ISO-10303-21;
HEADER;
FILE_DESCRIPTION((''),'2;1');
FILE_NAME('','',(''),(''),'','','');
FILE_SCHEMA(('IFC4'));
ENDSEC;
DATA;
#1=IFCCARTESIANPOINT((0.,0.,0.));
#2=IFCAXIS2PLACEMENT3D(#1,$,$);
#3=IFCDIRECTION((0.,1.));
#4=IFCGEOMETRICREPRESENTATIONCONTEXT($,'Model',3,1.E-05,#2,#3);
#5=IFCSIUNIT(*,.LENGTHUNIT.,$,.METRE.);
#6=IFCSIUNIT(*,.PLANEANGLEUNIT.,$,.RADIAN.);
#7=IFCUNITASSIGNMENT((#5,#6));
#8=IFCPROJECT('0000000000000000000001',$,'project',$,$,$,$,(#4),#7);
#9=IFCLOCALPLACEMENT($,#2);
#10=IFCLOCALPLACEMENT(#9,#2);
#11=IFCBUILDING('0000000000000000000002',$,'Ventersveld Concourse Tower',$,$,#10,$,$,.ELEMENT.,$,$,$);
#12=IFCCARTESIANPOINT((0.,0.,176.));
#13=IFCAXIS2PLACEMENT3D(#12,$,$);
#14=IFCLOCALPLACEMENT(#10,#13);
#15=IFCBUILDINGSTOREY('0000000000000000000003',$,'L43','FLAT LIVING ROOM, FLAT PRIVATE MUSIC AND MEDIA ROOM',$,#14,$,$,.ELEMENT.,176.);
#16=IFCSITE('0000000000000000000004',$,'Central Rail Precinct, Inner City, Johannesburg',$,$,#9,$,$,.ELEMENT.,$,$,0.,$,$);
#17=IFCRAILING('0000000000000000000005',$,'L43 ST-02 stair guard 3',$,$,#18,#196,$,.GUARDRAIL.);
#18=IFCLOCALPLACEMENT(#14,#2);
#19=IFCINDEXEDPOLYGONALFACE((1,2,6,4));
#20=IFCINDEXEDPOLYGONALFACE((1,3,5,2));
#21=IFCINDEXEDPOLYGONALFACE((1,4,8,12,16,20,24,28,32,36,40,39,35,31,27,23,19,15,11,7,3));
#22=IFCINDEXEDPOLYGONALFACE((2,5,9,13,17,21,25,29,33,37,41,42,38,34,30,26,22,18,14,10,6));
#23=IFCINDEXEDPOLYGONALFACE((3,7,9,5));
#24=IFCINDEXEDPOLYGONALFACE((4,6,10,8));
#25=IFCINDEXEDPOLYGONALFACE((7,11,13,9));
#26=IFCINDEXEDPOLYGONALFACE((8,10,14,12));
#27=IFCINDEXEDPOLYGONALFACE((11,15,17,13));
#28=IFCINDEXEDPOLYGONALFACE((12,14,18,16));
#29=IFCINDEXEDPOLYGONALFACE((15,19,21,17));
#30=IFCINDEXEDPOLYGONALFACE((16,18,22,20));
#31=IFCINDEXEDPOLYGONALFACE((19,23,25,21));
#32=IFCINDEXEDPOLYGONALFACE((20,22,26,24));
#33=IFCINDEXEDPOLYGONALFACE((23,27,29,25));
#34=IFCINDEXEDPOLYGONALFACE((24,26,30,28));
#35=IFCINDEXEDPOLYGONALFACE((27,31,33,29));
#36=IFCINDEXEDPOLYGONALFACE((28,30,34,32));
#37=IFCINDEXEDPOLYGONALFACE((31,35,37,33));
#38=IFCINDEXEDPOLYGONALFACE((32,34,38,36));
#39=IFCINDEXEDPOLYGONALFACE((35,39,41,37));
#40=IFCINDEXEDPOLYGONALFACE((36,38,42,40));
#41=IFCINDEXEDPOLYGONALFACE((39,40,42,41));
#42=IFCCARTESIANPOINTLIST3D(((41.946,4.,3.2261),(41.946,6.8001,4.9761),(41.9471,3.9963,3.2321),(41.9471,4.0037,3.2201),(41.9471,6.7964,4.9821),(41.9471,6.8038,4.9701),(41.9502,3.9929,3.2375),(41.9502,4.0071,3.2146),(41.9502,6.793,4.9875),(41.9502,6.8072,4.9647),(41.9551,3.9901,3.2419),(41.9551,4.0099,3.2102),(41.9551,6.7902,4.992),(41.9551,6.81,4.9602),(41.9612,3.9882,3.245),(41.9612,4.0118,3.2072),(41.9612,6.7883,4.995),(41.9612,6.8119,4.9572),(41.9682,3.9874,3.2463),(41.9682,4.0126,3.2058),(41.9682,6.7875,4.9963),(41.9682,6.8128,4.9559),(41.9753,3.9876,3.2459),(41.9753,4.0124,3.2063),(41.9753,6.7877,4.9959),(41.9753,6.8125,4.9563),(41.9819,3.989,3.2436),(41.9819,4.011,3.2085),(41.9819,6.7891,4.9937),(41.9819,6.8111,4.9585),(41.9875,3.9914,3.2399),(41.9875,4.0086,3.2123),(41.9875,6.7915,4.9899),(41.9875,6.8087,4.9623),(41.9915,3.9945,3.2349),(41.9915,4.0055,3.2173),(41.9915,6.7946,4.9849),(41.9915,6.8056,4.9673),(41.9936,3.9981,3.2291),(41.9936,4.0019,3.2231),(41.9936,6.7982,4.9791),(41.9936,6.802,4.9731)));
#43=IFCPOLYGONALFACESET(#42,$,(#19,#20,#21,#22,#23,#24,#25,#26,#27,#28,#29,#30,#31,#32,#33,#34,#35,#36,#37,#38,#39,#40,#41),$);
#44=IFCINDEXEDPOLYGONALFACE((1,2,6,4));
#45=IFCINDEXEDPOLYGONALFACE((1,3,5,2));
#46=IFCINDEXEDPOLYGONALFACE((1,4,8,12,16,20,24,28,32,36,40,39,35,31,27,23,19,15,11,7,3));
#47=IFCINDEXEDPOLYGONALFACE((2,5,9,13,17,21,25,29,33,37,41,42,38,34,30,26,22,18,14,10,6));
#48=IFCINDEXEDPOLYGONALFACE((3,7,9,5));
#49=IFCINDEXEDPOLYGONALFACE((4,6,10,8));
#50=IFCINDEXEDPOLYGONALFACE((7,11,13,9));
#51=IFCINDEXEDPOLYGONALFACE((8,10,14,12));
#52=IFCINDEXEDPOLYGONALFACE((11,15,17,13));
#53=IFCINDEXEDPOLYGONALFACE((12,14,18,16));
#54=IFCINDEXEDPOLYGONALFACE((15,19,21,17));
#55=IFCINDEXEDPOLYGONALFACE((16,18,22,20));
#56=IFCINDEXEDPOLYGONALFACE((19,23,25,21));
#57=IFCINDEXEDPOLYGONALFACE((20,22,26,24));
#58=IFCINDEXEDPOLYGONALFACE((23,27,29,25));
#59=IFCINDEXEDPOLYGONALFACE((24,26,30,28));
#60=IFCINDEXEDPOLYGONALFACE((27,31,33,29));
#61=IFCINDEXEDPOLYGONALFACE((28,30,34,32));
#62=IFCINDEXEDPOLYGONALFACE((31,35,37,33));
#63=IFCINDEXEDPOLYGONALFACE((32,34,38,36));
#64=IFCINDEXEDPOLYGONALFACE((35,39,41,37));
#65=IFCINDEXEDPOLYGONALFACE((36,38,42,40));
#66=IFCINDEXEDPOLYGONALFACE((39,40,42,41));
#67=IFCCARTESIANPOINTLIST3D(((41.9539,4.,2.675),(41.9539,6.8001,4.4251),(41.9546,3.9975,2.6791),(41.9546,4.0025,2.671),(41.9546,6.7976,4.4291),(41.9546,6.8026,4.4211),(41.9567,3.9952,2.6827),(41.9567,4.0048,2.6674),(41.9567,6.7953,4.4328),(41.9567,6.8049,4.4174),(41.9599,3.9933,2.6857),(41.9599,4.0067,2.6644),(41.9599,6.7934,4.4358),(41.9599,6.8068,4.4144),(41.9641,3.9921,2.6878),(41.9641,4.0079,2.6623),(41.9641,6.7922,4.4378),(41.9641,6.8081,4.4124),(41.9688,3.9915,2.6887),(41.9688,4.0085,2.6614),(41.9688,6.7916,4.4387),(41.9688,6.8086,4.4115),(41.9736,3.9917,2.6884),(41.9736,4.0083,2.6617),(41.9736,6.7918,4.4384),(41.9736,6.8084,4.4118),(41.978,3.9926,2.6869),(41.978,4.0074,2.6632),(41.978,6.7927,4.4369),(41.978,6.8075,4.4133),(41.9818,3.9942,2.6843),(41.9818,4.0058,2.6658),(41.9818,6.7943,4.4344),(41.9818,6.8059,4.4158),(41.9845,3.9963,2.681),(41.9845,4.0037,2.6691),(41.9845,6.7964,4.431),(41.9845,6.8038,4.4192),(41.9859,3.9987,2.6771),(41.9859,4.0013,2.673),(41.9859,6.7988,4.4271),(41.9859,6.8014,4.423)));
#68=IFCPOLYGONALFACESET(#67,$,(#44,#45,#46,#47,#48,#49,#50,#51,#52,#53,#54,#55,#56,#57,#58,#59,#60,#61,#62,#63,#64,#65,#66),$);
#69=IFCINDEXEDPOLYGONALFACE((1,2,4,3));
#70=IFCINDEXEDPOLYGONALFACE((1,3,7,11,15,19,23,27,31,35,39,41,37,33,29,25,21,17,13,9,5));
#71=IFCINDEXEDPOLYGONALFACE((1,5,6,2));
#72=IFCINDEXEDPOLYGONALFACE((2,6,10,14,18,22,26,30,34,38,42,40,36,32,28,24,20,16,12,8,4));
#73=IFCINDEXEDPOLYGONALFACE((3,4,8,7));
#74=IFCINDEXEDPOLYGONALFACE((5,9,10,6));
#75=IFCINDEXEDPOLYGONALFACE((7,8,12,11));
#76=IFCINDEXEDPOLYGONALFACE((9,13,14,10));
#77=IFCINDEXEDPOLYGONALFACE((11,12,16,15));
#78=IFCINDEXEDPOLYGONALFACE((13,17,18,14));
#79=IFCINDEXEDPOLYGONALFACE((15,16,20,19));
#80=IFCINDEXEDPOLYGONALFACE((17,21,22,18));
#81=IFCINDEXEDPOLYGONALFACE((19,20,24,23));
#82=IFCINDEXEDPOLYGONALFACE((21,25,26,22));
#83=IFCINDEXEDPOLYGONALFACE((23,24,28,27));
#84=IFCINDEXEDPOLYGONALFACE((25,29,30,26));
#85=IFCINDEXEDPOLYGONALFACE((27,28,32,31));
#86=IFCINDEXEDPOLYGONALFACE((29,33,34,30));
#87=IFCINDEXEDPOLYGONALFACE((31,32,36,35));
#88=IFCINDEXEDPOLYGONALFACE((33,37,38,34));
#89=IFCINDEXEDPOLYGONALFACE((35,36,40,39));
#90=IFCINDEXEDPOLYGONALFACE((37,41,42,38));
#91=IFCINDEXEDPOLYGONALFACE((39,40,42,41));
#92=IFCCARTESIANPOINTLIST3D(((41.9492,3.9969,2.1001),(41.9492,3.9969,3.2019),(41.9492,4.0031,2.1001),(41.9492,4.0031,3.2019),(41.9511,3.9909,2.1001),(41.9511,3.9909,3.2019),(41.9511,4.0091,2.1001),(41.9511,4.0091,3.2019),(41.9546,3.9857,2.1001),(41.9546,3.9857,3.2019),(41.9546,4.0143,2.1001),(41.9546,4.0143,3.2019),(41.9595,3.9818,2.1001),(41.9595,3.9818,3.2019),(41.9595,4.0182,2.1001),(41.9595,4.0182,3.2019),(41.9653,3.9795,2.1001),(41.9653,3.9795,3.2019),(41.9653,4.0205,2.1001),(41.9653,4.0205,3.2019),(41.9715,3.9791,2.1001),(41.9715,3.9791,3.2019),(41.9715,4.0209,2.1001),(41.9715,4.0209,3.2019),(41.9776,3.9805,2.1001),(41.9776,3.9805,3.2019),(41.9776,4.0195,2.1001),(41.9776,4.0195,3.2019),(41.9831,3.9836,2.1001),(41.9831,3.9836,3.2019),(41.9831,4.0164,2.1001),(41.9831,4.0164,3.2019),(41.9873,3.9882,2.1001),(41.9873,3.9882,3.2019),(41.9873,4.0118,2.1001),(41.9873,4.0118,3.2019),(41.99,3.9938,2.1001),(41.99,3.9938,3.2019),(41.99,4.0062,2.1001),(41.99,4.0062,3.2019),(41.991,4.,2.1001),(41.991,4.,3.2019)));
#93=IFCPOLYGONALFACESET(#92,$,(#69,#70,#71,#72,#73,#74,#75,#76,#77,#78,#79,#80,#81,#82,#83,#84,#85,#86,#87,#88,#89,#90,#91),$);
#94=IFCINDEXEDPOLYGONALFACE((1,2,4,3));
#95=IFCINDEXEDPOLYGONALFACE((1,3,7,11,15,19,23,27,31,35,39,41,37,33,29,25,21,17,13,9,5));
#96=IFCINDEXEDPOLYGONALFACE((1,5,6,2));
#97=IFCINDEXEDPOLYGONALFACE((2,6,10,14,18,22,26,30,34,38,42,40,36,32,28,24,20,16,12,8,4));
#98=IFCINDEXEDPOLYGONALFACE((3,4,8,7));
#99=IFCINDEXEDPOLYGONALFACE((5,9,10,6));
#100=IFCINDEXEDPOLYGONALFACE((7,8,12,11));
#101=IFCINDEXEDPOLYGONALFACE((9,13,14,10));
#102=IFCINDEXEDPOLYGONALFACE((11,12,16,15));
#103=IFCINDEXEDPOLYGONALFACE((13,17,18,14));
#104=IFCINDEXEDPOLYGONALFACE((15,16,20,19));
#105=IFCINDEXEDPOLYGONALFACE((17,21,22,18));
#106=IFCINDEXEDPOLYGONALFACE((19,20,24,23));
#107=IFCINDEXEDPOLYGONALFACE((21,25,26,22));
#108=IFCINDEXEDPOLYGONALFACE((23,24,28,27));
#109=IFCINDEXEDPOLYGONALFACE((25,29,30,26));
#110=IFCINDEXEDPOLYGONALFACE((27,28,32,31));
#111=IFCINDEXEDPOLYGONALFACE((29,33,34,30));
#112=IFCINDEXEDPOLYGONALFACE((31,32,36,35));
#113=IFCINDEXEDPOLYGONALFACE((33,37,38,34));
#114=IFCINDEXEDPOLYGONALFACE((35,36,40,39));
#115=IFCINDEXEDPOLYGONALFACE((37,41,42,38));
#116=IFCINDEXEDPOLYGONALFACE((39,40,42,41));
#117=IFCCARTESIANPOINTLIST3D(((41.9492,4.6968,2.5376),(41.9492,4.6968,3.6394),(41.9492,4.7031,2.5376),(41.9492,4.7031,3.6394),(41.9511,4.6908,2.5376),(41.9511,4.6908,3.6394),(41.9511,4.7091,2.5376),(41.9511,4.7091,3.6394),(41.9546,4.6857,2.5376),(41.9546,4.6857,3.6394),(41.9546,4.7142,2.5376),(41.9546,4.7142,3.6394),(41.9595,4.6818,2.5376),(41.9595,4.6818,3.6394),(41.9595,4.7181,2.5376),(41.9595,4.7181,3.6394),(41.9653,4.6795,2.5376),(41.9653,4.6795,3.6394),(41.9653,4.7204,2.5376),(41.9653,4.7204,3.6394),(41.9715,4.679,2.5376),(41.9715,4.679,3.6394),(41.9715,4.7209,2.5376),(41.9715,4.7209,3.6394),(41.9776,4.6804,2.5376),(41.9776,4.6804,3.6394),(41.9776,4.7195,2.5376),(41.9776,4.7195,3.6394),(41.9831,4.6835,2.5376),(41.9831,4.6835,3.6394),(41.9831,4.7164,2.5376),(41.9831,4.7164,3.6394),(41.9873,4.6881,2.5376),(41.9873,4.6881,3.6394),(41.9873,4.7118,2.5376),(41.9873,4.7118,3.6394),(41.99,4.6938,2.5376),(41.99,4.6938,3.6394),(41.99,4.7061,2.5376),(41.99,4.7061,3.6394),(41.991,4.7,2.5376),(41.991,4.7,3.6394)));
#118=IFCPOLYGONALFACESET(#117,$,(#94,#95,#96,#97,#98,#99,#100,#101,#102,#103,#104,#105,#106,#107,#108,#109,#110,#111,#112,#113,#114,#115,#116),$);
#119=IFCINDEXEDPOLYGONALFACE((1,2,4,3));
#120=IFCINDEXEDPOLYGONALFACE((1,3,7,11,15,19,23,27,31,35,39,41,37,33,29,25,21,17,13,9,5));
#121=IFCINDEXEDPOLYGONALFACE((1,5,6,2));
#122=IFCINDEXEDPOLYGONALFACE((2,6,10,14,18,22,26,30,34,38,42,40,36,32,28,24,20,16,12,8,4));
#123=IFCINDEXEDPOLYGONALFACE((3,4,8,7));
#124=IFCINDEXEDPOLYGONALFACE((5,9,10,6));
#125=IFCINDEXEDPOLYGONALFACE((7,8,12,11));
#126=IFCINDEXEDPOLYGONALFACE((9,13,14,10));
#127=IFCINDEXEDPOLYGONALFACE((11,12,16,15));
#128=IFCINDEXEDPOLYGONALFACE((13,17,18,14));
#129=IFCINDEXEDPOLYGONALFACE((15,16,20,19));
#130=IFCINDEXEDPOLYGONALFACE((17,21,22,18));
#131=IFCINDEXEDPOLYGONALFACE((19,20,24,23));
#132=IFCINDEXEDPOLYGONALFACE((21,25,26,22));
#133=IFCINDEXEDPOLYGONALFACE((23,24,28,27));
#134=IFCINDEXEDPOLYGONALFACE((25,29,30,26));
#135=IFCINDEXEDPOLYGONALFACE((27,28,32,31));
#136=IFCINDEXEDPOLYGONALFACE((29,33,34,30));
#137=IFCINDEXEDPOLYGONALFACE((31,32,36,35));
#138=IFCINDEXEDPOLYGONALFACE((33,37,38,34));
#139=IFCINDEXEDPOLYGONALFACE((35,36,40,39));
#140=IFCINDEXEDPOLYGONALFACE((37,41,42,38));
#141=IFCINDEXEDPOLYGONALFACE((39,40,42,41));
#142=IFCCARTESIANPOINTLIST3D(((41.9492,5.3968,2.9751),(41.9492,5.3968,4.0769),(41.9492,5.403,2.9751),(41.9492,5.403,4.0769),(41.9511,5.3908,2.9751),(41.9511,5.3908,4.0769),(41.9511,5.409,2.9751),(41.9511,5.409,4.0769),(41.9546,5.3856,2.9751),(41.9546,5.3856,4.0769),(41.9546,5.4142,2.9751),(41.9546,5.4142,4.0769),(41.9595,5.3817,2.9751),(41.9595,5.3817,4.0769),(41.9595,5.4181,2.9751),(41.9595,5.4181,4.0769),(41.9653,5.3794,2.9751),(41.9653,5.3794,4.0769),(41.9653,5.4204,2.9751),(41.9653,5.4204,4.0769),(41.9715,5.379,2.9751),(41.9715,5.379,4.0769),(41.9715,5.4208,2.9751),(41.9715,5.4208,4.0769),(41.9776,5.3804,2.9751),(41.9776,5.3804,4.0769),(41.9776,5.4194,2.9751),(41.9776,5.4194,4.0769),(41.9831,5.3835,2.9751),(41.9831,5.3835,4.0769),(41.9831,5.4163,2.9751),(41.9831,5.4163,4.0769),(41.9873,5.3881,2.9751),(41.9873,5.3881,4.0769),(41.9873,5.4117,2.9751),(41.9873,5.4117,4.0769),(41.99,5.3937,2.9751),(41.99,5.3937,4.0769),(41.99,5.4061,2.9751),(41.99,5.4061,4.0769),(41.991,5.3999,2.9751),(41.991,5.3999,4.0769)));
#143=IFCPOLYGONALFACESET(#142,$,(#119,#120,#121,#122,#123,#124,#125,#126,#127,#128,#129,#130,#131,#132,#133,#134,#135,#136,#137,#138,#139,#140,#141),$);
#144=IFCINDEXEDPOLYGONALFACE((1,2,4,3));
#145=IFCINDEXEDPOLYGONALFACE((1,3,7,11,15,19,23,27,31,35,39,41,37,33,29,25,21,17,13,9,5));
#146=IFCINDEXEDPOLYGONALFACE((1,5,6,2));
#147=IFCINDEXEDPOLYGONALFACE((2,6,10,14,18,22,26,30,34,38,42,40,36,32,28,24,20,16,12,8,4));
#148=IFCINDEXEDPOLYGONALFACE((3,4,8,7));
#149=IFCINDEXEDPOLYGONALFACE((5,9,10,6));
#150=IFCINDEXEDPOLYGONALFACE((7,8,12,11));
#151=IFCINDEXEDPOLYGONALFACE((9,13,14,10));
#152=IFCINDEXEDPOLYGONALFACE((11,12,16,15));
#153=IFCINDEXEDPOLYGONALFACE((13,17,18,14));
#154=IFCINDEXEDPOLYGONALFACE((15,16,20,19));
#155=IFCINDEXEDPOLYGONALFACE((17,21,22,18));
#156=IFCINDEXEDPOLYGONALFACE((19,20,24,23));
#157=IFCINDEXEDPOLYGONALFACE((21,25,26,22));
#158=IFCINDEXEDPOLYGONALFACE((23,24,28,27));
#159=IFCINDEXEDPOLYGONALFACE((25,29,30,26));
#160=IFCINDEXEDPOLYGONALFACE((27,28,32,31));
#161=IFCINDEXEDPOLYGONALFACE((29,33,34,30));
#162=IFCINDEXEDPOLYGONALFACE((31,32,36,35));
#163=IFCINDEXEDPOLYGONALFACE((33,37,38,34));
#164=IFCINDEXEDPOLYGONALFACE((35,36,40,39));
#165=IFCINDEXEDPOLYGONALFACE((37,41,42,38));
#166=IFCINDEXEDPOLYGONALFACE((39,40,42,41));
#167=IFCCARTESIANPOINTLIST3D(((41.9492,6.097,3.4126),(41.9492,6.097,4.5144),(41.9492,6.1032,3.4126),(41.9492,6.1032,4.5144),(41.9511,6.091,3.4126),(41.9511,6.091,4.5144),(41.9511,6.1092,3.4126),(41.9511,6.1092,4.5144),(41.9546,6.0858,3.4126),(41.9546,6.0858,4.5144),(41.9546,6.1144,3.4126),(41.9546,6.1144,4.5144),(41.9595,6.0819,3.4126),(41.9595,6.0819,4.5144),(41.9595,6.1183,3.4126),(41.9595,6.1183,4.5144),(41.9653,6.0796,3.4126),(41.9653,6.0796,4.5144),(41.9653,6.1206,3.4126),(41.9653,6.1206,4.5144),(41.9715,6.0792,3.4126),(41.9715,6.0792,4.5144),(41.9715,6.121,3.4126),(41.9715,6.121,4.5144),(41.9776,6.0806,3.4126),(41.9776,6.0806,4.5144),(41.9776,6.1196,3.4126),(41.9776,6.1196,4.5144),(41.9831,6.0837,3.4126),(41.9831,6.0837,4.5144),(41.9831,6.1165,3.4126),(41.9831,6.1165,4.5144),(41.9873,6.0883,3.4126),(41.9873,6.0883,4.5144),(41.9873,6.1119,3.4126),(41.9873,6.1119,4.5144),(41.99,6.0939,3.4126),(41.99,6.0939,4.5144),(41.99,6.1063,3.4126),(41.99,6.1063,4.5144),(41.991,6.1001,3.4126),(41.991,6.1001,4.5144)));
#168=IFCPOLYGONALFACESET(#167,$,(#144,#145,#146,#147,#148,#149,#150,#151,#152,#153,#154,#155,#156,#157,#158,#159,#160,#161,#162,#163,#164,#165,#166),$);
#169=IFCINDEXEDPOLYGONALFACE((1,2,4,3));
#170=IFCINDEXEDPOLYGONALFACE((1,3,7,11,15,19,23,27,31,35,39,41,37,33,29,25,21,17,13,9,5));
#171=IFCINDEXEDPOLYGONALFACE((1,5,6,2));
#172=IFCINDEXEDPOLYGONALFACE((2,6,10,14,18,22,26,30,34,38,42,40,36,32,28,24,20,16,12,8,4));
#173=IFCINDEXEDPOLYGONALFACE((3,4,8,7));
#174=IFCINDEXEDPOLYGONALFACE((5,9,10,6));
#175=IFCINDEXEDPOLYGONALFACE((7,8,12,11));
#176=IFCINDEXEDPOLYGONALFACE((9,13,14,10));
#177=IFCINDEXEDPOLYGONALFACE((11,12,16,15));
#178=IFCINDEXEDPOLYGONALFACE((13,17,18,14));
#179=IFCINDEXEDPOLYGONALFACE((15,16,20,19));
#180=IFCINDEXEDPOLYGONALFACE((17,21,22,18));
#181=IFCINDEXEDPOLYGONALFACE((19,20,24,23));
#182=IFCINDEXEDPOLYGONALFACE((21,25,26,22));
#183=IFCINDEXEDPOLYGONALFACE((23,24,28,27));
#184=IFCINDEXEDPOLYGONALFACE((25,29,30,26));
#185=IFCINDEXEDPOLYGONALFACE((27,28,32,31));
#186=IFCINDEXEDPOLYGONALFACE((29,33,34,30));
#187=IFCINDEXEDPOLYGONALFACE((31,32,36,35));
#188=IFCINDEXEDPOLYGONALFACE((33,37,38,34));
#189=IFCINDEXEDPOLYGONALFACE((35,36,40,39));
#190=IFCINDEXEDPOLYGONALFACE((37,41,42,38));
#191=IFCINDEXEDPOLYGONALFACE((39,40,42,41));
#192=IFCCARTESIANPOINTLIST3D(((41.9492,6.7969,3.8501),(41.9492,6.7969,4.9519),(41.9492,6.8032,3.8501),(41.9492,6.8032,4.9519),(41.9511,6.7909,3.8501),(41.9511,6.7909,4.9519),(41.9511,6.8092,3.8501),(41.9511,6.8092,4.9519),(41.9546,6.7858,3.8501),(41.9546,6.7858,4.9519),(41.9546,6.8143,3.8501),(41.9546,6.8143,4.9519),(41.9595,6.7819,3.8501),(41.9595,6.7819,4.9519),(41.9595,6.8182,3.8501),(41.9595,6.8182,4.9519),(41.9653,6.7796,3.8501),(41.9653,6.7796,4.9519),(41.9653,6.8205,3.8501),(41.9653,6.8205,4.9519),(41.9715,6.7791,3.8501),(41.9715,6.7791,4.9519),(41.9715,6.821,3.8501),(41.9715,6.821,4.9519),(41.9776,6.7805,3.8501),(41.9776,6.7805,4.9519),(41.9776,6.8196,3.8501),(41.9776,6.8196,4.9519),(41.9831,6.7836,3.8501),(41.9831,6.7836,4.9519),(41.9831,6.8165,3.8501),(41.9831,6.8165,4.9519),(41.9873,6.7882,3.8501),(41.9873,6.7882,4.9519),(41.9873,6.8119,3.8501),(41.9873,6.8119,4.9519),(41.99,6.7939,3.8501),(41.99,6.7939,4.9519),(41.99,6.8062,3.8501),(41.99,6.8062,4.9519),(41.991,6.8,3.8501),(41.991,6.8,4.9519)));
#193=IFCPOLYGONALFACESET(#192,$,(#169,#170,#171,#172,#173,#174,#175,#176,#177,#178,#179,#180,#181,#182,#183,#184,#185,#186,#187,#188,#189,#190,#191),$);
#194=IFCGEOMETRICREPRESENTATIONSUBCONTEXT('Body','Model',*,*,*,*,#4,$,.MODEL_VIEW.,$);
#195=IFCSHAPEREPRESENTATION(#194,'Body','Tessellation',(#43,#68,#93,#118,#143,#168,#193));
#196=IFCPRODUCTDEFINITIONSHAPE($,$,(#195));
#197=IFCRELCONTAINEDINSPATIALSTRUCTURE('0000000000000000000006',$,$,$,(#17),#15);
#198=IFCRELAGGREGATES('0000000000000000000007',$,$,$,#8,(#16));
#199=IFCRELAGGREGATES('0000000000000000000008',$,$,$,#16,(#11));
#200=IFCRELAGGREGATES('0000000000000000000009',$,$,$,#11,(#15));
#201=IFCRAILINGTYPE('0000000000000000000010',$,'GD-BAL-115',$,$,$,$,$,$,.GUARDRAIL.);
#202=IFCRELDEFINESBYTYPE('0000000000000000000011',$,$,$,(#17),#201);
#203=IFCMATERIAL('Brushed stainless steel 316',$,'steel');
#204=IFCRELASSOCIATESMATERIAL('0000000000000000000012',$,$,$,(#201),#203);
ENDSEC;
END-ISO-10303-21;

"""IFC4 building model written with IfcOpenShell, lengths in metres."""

from ifc_helpers import new_model, si_unit, direction, frame, origin, origin_2d, place, context, subcontext, project, spatial, circle, extrude, material, type_object, element, save


model = new_model("IFC4")

# Units and contexts
model_context = context("Model", 3, precision=1e-05, world=origin(), true_north=direction((0.0, 1.0)))
body_context = subcontext(model_context, "Body", "Model", "MODEL_VIEW")
ifc_project = project(units=[si_unit("LENGTHUNIT", "METRE"), si_unit("PLANEANGLEUNIT", "RADIAN")], contexts=[model_context])

# Site, building, storey
site_placement = place(None, origin())
site = spatial("IfcSite", under=ifc_project, at=site_placement, Name="Central Rail Precinct, Inner City, Johannesburg", CompositionType="ELEMENT", RefElevation=0.0)
building_placement = place(site_placement, origin())
building = spatial("IfcBuilding", under=site, at=building_placement, Name="Ventersveld Concourse Tower", CompositionType="ELEMENT")
storey_placement = place(building_placement, frame((0.0, 0.0, 176.0)))
storey = spatial("IfcBuildingStorey", under=building, at=storey_placement, Name="L43", Description="FLAT LIVING ROOM, FLAT PRIVATE MUSIC AND MEDIA ROOM", CompositionType="ELEMENT", Elevation=176.0)

# Shared definitions
ifc_material_1 = material(Name="Brushed stainless steel 316", Category="steel")

# Railing
railing_type_1 = type_object("IfcRailingType", Name="GD-BAL-115", PredefinedType="GUARDRAIL", material=ifc_material_1)
railing_1_placement = place(storey_placement, frame((41.97, 4.0, 2.1001)))
element("IfcRailing", 1, at=railing_1_placement, inside=storey, type_object=railing_type_1, Name="L43 ST-02 stair guard 3", PredefinedType="GUARDRAIL", context=body_context, shape_type="SweptSolid", body=[
    extrude(circle(Radius=0.0239, at=origin_2d()), frame((0.0, 0.0, 1.126), z_axis=(0.0, 0.848002, 0.529992), x_axis=(-1.0, 0.0, 0.0)), (0.0, 0.0, 1.0), 3.302),
    extrude(circle(Radius=0.0161, at=origin_2d()), frame((0.0, 0.0, 0.575), z_axis=(0.0, 0.848002, 0.529992), x_axis=(-1.0, 0.0, 0.0)), (0.0, 0.0, 1.0), 3.302),
    extrude(circle(Radius=0.021, at=origin_2d()), origin(), (0.0, 0.0, 1.0), 1.1018),
    extrude(circle(Radius=0.021, at=origin_2d()), frame((0.0, 0.7, 0.4375)), (0.0, 0.0, 1.0), 1.1018),
    extrude(circle(Radius=0.021, at=origin_2d()), frame((0.0, 1.3999, 0.875)), (0.0, 0.0, 1.0), 1.1018),
    extrude(circle(Radius=0.021, at=origin_2d()), frame((0.0, 2.1001, 1.3125)), (0.0, 0.0, 1.0), 1.1018),
    extrude(circle(Radius=0.021, at=origin_2d()), frame((0.0, 2.8, 1.75)), (0.0, 0.0, 1.0), 1.1018),
])

save(model, "model.ifc")
